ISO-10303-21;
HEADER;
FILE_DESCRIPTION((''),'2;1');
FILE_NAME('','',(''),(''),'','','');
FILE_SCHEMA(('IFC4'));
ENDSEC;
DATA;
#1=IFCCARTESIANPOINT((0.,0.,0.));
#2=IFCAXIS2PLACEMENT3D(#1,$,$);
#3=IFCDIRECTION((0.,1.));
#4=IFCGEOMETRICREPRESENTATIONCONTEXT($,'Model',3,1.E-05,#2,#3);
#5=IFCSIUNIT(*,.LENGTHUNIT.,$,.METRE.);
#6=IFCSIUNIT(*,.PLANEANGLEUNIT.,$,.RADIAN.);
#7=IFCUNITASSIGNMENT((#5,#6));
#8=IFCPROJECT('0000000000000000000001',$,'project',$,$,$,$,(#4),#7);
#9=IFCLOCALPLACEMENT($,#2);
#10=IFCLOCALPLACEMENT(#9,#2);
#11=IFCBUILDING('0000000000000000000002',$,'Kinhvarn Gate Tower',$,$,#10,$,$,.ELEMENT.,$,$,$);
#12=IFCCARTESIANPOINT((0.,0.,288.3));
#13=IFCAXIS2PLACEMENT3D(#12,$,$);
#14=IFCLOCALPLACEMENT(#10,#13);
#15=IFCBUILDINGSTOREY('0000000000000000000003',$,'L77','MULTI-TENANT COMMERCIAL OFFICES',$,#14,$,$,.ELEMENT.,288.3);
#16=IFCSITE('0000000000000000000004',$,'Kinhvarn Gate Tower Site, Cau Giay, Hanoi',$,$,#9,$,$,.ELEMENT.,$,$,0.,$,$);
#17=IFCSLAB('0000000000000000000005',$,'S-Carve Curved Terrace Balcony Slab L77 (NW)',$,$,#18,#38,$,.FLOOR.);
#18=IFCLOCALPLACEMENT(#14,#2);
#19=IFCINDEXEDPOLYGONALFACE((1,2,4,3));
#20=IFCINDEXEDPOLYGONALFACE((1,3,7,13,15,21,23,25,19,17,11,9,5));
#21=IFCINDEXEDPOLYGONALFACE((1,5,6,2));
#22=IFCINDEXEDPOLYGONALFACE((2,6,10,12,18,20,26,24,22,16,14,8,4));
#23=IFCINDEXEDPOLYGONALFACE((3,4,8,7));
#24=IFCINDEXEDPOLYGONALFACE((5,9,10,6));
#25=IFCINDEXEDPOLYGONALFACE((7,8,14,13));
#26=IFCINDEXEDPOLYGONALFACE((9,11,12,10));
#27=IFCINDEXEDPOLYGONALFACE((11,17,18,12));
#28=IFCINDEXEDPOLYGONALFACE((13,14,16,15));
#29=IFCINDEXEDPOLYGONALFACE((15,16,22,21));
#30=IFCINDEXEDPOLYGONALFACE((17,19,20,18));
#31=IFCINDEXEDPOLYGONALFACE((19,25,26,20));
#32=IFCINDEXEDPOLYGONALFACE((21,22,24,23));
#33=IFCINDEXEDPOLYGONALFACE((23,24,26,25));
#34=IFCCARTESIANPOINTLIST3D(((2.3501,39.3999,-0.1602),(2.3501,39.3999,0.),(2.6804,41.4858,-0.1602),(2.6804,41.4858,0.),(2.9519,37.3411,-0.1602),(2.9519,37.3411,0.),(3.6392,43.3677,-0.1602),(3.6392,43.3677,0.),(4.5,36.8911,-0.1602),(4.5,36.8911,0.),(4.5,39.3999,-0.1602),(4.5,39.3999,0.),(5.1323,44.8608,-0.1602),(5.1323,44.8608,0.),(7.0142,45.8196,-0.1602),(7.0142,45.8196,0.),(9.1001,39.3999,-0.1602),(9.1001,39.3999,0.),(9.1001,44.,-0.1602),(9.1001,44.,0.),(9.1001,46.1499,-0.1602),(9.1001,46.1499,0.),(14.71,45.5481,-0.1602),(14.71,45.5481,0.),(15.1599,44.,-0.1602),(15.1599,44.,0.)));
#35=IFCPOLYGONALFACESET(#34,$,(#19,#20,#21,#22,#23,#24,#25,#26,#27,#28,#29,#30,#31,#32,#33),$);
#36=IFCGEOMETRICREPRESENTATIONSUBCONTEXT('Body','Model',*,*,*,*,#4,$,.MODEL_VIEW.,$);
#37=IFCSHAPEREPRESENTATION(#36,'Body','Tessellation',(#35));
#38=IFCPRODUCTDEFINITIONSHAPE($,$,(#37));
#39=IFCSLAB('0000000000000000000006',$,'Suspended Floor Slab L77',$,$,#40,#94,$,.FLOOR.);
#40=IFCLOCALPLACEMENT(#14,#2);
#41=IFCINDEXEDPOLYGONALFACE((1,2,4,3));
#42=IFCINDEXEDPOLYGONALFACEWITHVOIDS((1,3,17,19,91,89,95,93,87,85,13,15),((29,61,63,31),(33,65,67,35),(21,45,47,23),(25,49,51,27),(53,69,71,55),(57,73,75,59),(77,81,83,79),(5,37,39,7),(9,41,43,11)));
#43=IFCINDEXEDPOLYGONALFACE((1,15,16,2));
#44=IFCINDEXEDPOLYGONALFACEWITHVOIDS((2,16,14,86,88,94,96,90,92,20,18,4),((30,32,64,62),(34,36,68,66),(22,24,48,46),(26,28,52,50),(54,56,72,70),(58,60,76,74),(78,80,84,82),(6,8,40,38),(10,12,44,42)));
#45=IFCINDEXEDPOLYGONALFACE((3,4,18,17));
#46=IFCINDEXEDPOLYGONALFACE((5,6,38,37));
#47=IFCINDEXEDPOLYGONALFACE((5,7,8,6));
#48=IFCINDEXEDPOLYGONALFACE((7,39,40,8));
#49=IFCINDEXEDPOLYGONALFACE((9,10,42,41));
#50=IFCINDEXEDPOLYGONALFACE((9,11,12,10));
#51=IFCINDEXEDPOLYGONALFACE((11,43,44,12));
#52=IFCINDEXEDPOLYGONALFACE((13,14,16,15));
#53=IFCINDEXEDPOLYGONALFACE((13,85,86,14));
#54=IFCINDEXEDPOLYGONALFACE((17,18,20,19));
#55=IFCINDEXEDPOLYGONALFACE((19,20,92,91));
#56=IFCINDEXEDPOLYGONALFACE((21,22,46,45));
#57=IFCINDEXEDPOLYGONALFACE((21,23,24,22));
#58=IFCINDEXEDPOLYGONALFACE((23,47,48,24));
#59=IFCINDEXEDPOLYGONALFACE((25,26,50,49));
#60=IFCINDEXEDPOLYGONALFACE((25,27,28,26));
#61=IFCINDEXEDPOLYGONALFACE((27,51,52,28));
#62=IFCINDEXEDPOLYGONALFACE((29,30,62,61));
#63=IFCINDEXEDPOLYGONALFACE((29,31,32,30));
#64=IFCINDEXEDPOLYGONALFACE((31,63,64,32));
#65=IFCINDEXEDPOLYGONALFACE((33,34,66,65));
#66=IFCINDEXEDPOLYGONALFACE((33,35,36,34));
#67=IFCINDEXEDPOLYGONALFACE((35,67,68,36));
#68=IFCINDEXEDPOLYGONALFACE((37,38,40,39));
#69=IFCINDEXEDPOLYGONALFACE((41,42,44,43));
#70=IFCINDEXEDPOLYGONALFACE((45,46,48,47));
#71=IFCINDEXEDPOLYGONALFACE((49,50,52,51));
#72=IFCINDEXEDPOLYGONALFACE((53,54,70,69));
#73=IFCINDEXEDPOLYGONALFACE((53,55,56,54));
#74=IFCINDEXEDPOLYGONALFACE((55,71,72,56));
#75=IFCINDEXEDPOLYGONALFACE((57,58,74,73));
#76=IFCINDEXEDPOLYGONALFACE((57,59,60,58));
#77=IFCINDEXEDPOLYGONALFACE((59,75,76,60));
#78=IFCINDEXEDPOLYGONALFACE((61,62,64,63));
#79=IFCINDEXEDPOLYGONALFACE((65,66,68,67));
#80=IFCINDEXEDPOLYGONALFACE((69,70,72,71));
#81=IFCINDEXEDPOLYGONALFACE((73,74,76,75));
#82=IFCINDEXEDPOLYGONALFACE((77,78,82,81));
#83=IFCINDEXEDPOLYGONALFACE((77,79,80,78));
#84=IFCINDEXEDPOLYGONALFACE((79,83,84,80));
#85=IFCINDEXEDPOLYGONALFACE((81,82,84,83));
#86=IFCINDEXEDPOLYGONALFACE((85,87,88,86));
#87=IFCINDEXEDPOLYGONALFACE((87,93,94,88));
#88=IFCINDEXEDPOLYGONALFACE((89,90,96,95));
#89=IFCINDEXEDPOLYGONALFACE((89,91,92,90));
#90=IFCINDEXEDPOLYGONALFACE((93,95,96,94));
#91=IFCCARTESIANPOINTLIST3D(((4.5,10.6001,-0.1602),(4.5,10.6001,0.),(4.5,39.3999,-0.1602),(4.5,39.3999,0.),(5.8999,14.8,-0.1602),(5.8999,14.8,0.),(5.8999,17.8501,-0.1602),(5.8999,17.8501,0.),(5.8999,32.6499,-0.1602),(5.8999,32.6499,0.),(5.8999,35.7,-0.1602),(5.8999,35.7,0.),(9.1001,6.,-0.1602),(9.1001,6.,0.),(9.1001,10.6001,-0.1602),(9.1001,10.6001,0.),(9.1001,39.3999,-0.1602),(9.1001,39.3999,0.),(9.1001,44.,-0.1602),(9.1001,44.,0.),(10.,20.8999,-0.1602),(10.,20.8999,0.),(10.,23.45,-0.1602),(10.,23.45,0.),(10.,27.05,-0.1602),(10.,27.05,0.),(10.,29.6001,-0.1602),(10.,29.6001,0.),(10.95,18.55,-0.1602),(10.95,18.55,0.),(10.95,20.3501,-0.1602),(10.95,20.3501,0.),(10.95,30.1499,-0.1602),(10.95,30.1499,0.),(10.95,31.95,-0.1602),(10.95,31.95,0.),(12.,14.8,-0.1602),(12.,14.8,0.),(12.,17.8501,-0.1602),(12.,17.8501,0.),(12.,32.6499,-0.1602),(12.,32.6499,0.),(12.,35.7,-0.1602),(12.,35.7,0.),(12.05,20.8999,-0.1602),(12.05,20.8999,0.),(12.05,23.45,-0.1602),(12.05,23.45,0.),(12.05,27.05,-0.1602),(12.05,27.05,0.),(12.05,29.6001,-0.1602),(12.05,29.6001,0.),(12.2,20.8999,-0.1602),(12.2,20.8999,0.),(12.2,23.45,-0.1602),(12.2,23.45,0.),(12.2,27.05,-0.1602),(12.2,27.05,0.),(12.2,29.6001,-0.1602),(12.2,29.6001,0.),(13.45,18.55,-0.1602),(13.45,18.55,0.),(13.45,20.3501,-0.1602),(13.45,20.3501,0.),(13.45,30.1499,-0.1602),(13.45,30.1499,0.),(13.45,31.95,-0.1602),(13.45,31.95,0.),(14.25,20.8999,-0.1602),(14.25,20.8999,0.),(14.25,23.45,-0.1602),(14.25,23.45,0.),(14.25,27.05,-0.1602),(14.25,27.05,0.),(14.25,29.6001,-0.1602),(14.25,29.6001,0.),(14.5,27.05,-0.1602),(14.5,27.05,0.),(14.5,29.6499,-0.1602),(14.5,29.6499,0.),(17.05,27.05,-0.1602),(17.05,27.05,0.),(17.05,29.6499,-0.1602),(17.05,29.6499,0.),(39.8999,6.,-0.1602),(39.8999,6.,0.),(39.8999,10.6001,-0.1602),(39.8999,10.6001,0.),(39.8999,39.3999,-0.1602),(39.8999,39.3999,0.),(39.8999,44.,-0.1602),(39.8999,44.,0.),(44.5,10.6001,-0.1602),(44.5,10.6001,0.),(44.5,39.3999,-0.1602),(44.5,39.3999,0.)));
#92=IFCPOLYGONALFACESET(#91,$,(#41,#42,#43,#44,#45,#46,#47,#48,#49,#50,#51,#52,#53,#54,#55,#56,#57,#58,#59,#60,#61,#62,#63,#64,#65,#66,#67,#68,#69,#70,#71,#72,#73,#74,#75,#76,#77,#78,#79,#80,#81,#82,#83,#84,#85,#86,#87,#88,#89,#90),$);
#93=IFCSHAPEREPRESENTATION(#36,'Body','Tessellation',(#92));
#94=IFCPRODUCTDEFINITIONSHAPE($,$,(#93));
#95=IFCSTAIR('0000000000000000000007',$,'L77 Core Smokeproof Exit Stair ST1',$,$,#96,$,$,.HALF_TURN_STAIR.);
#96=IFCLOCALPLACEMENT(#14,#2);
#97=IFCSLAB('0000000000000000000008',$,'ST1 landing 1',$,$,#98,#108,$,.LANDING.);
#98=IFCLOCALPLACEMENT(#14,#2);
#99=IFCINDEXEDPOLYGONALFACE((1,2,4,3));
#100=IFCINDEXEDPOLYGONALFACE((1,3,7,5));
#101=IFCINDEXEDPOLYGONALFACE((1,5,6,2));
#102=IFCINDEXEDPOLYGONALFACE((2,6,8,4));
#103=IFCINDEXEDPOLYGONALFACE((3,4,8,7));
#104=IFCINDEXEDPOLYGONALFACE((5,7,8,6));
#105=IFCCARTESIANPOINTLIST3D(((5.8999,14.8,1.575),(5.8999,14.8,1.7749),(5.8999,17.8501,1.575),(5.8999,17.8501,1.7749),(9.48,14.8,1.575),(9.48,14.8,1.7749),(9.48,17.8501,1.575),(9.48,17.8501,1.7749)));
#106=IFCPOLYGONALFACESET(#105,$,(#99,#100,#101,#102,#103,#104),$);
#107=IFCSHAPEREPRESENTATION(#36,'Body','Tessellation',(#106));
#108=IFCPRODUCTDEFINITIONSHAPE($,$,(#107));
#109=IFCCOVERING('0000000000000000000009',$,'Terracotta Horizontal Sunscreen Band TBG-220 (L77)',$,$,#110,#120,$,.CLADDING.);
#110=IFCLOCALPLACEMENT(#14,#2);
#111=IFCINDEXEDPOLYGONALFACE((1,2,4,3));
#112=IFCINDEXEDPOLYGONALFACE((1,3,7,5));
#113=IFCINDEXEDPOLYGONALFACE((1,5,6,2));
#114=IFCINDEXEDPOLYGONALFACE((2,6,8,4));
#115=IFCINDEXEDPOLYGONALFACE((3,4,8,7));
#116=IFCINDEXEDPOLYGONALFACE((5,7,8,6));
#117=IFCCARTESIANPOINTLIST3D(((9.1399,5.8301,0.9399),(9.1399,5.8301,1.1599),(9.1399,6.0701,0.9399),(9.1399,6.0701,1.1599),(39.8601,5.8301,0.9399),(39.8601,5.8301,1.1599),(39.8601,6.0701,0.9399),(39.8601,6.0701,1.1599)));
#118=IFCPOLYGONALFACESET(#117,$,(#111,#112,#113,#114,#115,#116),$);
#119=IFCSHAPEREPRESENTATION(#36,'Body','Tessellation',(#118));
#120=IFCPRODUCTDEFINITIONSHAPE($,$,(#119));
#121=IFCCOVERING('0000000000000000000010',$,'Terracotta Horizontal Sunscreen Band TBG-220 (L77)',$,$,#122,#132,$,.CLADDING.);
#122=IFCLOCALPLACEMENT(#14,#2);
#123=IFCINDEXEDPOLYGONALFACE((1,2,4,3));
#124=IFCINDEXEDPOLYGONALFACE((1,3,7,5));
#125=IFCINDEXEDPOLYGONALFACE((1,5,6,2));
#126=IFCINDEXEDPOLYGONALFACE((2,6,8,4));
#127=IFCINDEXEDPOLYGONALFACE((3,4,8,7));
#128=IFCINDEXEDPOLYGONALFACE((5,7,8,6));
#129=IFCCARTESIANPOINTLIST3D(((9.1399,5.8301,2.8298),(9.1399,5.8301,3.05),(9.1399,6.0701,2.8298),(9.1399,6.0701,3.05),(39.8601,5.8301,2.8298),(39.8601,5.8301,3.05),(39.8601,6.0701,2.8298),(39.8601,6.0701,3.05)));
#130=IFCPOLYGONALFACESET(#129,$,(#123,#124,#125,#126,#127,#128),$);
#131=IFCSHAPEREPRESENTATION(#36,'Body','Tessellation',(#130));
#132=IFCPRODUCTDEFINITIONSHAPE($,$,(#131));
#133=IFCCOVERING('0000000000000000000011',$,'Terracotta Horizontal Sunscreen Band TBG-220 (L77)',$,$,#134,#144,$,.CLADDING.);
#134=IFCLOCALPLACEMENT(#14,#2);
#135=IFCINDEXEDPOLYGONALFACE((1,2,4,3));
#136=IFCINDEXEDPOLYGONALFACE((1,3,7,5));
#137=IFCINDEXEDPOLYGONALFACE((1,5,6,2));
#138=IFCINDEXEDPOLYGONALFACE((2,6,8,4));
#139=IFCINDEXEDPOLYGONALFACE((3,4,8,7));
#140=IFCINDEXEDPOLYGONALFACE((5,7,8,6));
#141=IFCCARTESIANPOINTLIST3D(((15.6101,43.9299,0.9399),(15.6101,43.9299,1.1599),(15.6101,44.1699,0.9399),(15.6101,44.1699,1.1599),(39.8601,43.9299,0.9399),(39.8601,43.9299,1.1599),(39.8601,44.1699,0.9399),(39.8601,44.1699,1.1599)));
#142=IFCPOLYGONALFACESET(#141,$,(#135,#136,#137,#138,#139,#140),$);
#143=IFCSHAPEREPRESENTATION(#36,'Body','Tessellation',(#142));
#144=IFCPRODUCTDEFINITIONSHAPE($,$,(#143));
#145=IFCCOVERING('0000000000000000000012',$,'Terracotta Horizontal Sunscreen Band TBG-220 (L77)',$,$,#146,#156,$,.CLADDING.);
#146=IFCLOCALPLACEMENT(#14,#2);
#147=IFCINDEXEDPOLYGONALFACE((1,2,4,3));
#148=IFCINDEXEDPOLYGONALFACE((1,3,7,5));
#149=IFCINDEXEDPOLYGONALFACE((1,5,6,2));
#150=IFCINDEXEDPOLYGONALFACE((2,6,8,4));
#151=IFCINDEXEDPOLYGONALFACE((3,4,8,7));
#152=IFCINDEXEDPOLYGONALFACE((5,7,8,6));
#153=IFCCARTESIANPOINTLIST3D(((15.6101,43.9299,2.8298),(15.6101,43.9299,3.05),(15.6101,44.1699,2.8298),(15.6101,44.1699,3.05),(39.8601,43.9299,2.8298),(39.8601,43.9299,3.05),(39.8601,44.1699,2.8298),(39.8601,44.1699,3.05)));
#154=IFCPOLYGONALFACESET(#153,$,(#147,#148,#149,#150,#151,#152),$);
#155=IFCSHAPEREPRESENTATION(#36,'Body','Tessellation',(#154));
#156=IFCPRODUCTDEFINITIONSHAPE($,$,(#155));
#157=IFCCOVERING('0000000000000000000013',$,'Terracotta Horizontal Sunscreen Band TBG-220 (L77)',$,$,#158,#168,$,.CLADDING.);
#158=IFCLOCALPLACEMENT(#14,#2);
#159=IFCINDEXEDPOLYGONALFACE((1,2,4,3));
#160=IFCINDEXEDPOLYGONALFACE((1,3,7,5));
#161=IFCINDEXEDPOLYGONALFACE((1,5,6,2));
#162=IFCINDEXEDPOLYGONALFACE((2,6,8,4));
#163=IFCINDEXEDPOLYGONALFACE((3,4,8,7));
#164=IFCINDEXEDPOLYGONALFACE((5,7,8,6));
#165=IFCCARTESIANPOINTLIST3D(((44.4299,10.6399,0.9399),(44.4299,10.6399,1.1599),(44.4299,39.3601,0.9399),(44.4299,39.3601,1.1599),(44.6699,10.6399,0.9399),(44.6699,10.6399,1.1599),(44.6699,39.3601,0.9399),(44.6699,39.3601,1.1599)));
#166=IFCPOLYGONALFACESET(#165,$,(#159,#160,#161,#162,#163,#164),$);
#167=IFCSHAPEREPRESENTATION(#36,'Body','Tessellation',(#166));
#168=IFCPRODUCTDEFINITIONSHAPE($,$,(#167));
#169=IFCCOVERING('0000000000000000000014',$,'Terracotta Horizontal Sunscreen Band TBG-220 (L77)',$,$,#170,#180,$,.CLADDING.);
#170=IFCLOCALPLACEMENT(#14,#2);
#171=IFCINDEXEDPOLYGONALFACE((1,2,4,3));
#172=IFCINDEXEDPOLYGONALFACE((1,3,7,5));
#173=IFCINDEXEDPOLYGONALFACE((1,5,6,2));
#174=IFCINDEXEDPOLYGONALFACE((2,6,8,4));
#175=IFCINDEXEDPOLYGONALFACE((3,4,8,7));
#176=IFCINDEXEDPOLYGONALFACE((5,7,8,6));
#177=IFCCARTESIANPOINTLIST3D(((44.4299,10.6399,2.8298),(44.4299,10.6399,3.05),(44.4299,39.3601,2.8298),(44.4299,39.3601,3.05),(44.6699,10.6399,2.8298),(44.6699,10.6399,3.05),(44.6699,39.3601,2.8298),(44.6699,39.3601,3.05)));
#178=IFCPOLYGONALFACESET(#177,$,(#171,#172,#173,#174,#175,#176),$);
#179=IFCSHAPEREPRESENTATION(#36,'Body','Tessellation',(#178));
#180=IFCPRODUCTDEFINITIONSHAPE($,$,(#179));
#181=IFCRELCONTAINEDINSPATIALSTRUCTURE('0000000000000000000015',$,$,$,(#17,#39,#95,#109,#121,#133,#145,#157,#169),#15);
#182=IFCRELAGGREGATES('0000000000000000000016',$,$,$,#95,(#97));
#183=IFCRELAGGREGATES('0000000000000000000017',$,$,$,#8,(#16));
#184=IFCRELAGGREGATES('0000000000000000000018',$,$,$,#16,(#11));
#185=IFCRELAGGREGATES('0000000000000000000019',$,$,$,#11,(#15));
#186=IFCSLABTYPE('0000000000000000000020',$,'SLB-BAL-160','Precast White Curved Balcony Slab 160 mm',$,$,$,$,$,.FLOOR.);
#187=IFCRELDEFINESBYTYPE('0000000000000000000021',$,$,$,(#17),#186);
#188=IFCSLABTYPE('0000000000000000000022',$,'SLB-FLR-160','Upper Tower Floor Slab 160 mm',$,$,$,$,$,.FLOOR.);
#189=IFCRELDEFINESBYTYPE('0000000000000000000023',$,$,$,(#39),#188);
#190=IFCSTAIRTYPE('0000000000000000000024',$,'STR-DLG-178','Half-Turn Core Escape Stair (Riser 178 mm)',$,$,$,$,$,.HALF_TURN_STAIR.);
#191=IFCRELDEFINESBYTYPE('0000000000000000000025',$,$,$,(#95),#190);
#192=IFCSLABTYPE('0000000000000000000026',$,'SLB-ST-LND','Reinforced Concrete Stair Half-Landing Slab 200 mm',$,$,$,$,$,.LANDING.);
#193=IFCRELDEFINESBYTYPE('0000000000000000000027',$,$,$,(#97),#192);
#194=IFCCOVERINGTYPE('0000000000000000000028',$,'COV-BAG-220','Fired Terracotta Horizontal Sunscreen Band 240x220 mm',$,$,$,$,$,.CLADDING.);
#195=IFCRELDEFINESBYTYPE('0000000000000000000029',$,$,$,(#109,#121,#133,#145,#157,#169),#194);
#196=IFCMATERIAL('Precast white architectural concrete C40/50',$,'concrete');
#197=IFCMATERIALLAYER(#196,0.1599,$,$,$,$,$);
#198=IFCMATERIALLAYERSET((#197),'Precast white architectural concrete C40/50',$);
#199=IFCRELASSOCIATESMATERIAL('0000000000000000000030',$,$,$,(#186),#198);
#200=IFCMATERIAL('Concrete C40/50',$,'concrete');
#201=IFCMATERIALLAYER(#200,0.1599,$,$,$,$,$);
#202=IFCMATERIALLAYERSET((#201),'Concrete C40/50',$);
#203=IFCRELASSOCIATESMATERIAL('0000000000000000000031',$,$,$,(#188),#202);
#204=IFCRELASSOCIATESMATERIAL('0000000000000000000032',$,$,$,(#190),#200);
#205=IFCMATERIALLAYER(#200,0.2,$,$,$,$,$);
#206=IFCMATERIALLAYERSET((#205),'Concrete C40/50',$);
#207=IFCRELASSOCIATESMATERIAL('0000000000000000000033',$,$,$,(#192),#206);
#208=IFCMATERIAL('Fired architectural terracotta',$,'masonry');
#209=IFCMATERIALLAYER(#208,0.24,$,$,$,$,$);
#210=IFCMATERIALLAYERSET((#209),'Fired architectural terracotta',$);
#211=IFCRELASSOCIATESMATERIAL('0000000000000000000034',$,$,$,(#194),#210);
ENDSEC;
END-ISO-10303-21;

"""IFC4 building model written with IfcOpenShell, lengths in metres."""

from ifc_helpers import new_model, si_unit, direction, frame, origin, place, context, subcontext, project, spatial, polyline, outline, extrude, material, layer, layer_set, type_object, element, aggregate, save


model = new_model("IFC4")

# Units and contexts
model_context = context("Model", 3, precision=1e-05, world=origin(), true_north=direction((0.0, 1.0)))
body_context = subcontext(model_context, "Body", "Model", "MODEL_VIEW")
ifc_project = project(units=[si_unit("LENGTHUNIT", "METRE"), si_unit("PLANEANGLEUNIT", "RADIAN")], contexts=[model_context])

# Site, building, storey
site_placement = place(None, origin())
site = spatial("IfcSite", under=ifc_project, at=site_placement, Name="Kinhvarn Gate Tower Site, Cau Giay, Hanoi", CompositionType="ELEMENT", RefElevation=0.0)
building_placement = place(site_placement, origin())
building = spatial("IfcBuilding", under=site, at=building_placement, Name="Kinhvarn Gate Tower", CompositionType="ELEMENT")
storey_placement = place(building_placement, frame((0.0, 0.0, 288.3)))
storey = spatial("IfcBuildingStorey", under=building, at=storey_placement, Name="L77", Description="MULTI-TENANT COMMERCIAL OFFICES", CompositionType="ELEMENT", Elevation=288.3)

# Slabs
ifc_material_1 = material(Name="Precast white architectural concrete C40/50", Category="concrete")
ifc_layer_1 = layer(ifc_material_1, 0.1599)
ifc_layer_set_1 = layer_set([ifc_layer_1], Name="Precast white architectural concrete C40/50")
slab_type_1 = type_object("IfcSlabType", Name="SLB-BAL-160", Description="Precast White Curved Balcony Slab 160 mm", PredefinedType="FLOOR", material=ifc_layer_set_1)
slab_1_placement = place(storey_placement, frame((0.0, 0.0, -0.1602)))
element("IfcSlab", 1, at=slab_1_placement, inside=storey, type_object=slab_type_1, Name="S-Carve Curved Terrace Balcony Slab L77 (NW)", PredefinedType="FLOOR", context=body_context, shape_type="SweptSolid", body=[
    extrude(outline(polyline([(15.1599, 44.0), (14.71, 45.5481), (9.1001, 46.1499), (7.0142, 45.8196), (5.1323, 44.8608), (3.6392, 43.3677), (2.6804, 41.4858), (2.3501, 39.3999), (2.9519, 37.3411), (4.5, 36.8911), (4.5, 39.3999), (9.1001, 39.3999), (9.1001, 44.0), (15.1599, 44.0)])), origin(), (0.0, 0.0, 1.0), 0.1602),
])
ifc_material_2 = material(Name="Concrete C40/50", Category="concrete")
ifc_layer_2 = layer(ifc_material_2, 0.1599)
ifc_layer_set_2 = layer_set([ifc_layer_2], Name="Concrete C40/50")
slab_type_2 = type_object("IfcSlabType", Name="SLB-FLR-160", Description="Upper Tower Floor Slab 160 mm", PredefinedType="FLOOR", material=ifc_layer_set_2)
slab_2_placement = place(storey_placement, frame((0.0, 0.0, -0.1602)))
element("IfcSlab", 2, at=slab_2_placement, inside=storey, type_object=slab_type_2, Name="Suspended Floor Slab L77", PredefinedType="FLOOR", context=body_context, shape_type="SweptSolid", body=[
    extrude(outline(polyline([(9.1001, 6.0), (39.8999, 6.0), (39.8999, 10.6001), (44.5, 10.6001), (44.5, 39.3999), (39.8999, 39.3999), (39.8999, 44.0), (9.1001, 44.0), (9.1001, 39.3999), (4.5, 39.3999), (4.5, 10.6001), (9.1001, 10.6001), (9.1001, 6.0)]), holes=[polyline([(5.8999, 14.8), (12.0, 14.8), (12.0, 17.8501), (5.8999, 17.8501), (5.8999, 14.8)]), polyline([(5.8999, 32.6499), (12.0, 32.6499), (12.0, 35.7), (5.8999, 35.7), (5.8999, 32.6499)]), polyline([(10.0, 20.8999), (12.05, 20.8999), (12.05, 23.45), (10.0, 23.45), (10.0, 20.8999)]), polyline([(12.2, 20.8999), (14.25, 20.8999), (14.25, 23.45), (12.2, 23.45), (12.2, 20.8999)]), polyline([(10.0, 27.05), (12.05, 27.05), (12.05, 29.6001), (10.0, 29.6001), (10.0, 27.05)]), polyline([(12.2, 27.05), (14.25, 27.05), (14.25, 29.6001), (12.2, 29.6001), (12.2, 27.05)]), polyline([(14.5, 27.05), (17.05, 27.05), (17.05, 29.6499), (14.5, 29.6499), (14.5, 27.05)]), polyline([(10.95, 18.55), (13.45, 18.55), (13.45, 20.3501), (10.95, 20.3501), (10.95, 18.55)]), polyline([(10.95, 30.1499), (13.45, 30.1499), (13.45, 31.95), (10.95, 31.95), (10.95, 30.1499)])]), origin(), (0.0, 0.0, 1.0), 0.1602),
])

# Stair, slab
stair_type = type_object("IfcStairType", Name="STR-DLG-178", Description="Half-Turn Core Escape Stair (Riser 178 mm)", PredefinedType="HALF_TURN_STAIR", material=ifc_material_2)
stair_placement = place(storey_placement, origin())
stair = element("IfcStair", 3, at=stair_placement, inside=storey, type_object=stair_type, Name="L77 Core Smokeproof Exit Stair ST1", PredefinedType="HALF_TURN_STAIR")
ifc_layer_3 = layer(ifc_material_2, 0.2)
ifc_layer_set_3 = layer_set([ifc_layer_3], Name="Concrete C40/50")
slab_type_3 = type_object("IfcSlabType", Name="SLB-ST-LND", Description="Reinforced Concrete Stair Half-Landing Slab 200 mm", PredefinedType="LANDING", material=ifc_layer_set_3)
slab_3_placement = place(storey_placement, frame((0.0, 0.0, 1.575)))
slab_3 = element("IfcSlab", 4, at=slab_3_placement, type_object=slab_type_3, Name="ST1 landing 1", PredefinedType="LANDING", context=body_context, shape_type="SweptSolid", body=[
    extrude(outline(polyline([(9.48, 17.8501), (5.8999, 17.8501), (5.8999, 14.8), (9.48, 14.8), (9.48, 17.8501)])), origin(), (0.0, 0.0, 1.0), 0.2),
])
aggregate(stair, [slab_3])

# Coverings
ifc_material_3 = material(Name="Fired architectural terracotta", Category="masonry")
ifc_layer_4 = layer(ifc_material_3, 0.24)
ifc_layer_set_4 = layer_set([ifc_layer_4], Name="Fired architectural terracotta")
covering_type_1 = type_object("IfcCoveringType", Name="COV-BAG-220", Description="Fired Terracotta Horizontal Sunscreen Band 240x220 mm", PredefinedType="CLADDING", material=ifc_layer_set_4)
covering_1_placement = place(storey_placement, frame((0.0, 0.0, 0.9399)))
element("IfcCovering", 5, at=covering_1_placement, inside=storey, type_object=covering_type_1, Name="Terracotta Horizontal Sunscreen Band TBG-220 (L77)", PredefinedType="CLADDING", context=body_context, shape_type="SweptSolid", body=[
    extrude(outline(polyline([(9.1399, 6.0701), (39.8601, 6.0701), (39.8601, 5.8301), (9.1399, 5.8301), (9.1399, 6.0701)])), origin(), (0.0, 0.0, 1.0), 0.22),
])
covering_2_placement = place(storey_placement, frame((0.0, 0.0, 2.8298)))
element("IfcCovering", 6, at=covering_2_placement, inside=storey, type_object=covering_type_1, Name="Terracotta Horizontal Sunscreen Band TBG-220 (L77)", PredefinedType="CLADDING", context=body_context, shape_type="SweptSolid", body=[
    extrude(outline(polyline([(9.1399, 6.0701), (39.8601, 6.0701), (39.8601, 5.8301), (9.1399, 5.8301), (9.1399, 6.0701)])), origin(), (0.0, 0.0, 1.0), 0.2202),
])
covering_3_placement = place(storey_placement, frame((0.0, 0.0, 0.9399)))
element("IfcCovering", 7, at=covering_3_placement, inside=storey, type_object=covering_type_1, Name="Terracotta Horizontal Sunscreen Band TBG-220 (L77)", PredefinedType="CLADDING", context=body_context, shape_type="SweptSolid", body=[
    extrude(outline(polyline([(39.8601, 43.9299), (15.6101, 43.9299), (15.6101, 44.1699), (39.8601, 44.1699), (39.8601, 43.9299)])), origin(), (0.0, 0.0, 1.0), 0.22),
])
covering_4_placement = place(storey_placement, frame((0.0, 0.0, 2.8298)))
element("IfcCovering", 8, at=covering_4_placement, inside=storey, type_object=covering_type_1, Name="Terracotta Horizontal Sunscreen Band TBG-220 (L77)", PredefinedType="CLADDING", context=body_context, shape_type="SweptSolid", body=[
    extrude(outline(polyline([(39.8601, 43.9299), (15.6101, 43.9299), (15.6101, 44.1699), (39.8601, 44.1699), (39.8601, 43.9299)])), origin(), (0.0, 0.0, 1.0), 0.2202),
])
covering_5_placement = place(storey_placement, frame((0.0, 0.0, 0.9399)))
element("IfcCovering", 9, at=covering_5_placement, inside=storey, type_object=covering_type_1, Name="Terracotta Horizontal Sunscreen Band TBG-220 (L77)", PredefinedType="CLADDING", context=body_context, shape_type="SweptSolid", body=[
    extrude(outline(polyline([(44.4299, 10.6399), (44.4299, 39.3601), (44.6699, 39.3601), (44.6699, 10.6399), (44.4299, 10.6399)])), origin(), (0.0, 0.0, 1.0), 0.22),
])
covering_6_placement = place(storey_placement, frame((0.0, 0.0, 2.8298)))
element("IfcCovering", 10, at=covering_6_placement, inside=storey, type_object=covering_type_1, Name="Terracotta Horizontal Sunscreen Band TBG-220 (L77)", PredefinedType="CLADDING", context=body_context, shape_type="SweptSolid", body=[
    extrude(outline(polyline([(44.4299, 10.6399), (44.4299, 39.3601), (44.6699, 39.3601), (44.6699, 10.6399), (44.4299, 10.6399)])), origin(), (0.0, 0.0, 1.0), 0.2202),
])

save(model, "model.ifc")
